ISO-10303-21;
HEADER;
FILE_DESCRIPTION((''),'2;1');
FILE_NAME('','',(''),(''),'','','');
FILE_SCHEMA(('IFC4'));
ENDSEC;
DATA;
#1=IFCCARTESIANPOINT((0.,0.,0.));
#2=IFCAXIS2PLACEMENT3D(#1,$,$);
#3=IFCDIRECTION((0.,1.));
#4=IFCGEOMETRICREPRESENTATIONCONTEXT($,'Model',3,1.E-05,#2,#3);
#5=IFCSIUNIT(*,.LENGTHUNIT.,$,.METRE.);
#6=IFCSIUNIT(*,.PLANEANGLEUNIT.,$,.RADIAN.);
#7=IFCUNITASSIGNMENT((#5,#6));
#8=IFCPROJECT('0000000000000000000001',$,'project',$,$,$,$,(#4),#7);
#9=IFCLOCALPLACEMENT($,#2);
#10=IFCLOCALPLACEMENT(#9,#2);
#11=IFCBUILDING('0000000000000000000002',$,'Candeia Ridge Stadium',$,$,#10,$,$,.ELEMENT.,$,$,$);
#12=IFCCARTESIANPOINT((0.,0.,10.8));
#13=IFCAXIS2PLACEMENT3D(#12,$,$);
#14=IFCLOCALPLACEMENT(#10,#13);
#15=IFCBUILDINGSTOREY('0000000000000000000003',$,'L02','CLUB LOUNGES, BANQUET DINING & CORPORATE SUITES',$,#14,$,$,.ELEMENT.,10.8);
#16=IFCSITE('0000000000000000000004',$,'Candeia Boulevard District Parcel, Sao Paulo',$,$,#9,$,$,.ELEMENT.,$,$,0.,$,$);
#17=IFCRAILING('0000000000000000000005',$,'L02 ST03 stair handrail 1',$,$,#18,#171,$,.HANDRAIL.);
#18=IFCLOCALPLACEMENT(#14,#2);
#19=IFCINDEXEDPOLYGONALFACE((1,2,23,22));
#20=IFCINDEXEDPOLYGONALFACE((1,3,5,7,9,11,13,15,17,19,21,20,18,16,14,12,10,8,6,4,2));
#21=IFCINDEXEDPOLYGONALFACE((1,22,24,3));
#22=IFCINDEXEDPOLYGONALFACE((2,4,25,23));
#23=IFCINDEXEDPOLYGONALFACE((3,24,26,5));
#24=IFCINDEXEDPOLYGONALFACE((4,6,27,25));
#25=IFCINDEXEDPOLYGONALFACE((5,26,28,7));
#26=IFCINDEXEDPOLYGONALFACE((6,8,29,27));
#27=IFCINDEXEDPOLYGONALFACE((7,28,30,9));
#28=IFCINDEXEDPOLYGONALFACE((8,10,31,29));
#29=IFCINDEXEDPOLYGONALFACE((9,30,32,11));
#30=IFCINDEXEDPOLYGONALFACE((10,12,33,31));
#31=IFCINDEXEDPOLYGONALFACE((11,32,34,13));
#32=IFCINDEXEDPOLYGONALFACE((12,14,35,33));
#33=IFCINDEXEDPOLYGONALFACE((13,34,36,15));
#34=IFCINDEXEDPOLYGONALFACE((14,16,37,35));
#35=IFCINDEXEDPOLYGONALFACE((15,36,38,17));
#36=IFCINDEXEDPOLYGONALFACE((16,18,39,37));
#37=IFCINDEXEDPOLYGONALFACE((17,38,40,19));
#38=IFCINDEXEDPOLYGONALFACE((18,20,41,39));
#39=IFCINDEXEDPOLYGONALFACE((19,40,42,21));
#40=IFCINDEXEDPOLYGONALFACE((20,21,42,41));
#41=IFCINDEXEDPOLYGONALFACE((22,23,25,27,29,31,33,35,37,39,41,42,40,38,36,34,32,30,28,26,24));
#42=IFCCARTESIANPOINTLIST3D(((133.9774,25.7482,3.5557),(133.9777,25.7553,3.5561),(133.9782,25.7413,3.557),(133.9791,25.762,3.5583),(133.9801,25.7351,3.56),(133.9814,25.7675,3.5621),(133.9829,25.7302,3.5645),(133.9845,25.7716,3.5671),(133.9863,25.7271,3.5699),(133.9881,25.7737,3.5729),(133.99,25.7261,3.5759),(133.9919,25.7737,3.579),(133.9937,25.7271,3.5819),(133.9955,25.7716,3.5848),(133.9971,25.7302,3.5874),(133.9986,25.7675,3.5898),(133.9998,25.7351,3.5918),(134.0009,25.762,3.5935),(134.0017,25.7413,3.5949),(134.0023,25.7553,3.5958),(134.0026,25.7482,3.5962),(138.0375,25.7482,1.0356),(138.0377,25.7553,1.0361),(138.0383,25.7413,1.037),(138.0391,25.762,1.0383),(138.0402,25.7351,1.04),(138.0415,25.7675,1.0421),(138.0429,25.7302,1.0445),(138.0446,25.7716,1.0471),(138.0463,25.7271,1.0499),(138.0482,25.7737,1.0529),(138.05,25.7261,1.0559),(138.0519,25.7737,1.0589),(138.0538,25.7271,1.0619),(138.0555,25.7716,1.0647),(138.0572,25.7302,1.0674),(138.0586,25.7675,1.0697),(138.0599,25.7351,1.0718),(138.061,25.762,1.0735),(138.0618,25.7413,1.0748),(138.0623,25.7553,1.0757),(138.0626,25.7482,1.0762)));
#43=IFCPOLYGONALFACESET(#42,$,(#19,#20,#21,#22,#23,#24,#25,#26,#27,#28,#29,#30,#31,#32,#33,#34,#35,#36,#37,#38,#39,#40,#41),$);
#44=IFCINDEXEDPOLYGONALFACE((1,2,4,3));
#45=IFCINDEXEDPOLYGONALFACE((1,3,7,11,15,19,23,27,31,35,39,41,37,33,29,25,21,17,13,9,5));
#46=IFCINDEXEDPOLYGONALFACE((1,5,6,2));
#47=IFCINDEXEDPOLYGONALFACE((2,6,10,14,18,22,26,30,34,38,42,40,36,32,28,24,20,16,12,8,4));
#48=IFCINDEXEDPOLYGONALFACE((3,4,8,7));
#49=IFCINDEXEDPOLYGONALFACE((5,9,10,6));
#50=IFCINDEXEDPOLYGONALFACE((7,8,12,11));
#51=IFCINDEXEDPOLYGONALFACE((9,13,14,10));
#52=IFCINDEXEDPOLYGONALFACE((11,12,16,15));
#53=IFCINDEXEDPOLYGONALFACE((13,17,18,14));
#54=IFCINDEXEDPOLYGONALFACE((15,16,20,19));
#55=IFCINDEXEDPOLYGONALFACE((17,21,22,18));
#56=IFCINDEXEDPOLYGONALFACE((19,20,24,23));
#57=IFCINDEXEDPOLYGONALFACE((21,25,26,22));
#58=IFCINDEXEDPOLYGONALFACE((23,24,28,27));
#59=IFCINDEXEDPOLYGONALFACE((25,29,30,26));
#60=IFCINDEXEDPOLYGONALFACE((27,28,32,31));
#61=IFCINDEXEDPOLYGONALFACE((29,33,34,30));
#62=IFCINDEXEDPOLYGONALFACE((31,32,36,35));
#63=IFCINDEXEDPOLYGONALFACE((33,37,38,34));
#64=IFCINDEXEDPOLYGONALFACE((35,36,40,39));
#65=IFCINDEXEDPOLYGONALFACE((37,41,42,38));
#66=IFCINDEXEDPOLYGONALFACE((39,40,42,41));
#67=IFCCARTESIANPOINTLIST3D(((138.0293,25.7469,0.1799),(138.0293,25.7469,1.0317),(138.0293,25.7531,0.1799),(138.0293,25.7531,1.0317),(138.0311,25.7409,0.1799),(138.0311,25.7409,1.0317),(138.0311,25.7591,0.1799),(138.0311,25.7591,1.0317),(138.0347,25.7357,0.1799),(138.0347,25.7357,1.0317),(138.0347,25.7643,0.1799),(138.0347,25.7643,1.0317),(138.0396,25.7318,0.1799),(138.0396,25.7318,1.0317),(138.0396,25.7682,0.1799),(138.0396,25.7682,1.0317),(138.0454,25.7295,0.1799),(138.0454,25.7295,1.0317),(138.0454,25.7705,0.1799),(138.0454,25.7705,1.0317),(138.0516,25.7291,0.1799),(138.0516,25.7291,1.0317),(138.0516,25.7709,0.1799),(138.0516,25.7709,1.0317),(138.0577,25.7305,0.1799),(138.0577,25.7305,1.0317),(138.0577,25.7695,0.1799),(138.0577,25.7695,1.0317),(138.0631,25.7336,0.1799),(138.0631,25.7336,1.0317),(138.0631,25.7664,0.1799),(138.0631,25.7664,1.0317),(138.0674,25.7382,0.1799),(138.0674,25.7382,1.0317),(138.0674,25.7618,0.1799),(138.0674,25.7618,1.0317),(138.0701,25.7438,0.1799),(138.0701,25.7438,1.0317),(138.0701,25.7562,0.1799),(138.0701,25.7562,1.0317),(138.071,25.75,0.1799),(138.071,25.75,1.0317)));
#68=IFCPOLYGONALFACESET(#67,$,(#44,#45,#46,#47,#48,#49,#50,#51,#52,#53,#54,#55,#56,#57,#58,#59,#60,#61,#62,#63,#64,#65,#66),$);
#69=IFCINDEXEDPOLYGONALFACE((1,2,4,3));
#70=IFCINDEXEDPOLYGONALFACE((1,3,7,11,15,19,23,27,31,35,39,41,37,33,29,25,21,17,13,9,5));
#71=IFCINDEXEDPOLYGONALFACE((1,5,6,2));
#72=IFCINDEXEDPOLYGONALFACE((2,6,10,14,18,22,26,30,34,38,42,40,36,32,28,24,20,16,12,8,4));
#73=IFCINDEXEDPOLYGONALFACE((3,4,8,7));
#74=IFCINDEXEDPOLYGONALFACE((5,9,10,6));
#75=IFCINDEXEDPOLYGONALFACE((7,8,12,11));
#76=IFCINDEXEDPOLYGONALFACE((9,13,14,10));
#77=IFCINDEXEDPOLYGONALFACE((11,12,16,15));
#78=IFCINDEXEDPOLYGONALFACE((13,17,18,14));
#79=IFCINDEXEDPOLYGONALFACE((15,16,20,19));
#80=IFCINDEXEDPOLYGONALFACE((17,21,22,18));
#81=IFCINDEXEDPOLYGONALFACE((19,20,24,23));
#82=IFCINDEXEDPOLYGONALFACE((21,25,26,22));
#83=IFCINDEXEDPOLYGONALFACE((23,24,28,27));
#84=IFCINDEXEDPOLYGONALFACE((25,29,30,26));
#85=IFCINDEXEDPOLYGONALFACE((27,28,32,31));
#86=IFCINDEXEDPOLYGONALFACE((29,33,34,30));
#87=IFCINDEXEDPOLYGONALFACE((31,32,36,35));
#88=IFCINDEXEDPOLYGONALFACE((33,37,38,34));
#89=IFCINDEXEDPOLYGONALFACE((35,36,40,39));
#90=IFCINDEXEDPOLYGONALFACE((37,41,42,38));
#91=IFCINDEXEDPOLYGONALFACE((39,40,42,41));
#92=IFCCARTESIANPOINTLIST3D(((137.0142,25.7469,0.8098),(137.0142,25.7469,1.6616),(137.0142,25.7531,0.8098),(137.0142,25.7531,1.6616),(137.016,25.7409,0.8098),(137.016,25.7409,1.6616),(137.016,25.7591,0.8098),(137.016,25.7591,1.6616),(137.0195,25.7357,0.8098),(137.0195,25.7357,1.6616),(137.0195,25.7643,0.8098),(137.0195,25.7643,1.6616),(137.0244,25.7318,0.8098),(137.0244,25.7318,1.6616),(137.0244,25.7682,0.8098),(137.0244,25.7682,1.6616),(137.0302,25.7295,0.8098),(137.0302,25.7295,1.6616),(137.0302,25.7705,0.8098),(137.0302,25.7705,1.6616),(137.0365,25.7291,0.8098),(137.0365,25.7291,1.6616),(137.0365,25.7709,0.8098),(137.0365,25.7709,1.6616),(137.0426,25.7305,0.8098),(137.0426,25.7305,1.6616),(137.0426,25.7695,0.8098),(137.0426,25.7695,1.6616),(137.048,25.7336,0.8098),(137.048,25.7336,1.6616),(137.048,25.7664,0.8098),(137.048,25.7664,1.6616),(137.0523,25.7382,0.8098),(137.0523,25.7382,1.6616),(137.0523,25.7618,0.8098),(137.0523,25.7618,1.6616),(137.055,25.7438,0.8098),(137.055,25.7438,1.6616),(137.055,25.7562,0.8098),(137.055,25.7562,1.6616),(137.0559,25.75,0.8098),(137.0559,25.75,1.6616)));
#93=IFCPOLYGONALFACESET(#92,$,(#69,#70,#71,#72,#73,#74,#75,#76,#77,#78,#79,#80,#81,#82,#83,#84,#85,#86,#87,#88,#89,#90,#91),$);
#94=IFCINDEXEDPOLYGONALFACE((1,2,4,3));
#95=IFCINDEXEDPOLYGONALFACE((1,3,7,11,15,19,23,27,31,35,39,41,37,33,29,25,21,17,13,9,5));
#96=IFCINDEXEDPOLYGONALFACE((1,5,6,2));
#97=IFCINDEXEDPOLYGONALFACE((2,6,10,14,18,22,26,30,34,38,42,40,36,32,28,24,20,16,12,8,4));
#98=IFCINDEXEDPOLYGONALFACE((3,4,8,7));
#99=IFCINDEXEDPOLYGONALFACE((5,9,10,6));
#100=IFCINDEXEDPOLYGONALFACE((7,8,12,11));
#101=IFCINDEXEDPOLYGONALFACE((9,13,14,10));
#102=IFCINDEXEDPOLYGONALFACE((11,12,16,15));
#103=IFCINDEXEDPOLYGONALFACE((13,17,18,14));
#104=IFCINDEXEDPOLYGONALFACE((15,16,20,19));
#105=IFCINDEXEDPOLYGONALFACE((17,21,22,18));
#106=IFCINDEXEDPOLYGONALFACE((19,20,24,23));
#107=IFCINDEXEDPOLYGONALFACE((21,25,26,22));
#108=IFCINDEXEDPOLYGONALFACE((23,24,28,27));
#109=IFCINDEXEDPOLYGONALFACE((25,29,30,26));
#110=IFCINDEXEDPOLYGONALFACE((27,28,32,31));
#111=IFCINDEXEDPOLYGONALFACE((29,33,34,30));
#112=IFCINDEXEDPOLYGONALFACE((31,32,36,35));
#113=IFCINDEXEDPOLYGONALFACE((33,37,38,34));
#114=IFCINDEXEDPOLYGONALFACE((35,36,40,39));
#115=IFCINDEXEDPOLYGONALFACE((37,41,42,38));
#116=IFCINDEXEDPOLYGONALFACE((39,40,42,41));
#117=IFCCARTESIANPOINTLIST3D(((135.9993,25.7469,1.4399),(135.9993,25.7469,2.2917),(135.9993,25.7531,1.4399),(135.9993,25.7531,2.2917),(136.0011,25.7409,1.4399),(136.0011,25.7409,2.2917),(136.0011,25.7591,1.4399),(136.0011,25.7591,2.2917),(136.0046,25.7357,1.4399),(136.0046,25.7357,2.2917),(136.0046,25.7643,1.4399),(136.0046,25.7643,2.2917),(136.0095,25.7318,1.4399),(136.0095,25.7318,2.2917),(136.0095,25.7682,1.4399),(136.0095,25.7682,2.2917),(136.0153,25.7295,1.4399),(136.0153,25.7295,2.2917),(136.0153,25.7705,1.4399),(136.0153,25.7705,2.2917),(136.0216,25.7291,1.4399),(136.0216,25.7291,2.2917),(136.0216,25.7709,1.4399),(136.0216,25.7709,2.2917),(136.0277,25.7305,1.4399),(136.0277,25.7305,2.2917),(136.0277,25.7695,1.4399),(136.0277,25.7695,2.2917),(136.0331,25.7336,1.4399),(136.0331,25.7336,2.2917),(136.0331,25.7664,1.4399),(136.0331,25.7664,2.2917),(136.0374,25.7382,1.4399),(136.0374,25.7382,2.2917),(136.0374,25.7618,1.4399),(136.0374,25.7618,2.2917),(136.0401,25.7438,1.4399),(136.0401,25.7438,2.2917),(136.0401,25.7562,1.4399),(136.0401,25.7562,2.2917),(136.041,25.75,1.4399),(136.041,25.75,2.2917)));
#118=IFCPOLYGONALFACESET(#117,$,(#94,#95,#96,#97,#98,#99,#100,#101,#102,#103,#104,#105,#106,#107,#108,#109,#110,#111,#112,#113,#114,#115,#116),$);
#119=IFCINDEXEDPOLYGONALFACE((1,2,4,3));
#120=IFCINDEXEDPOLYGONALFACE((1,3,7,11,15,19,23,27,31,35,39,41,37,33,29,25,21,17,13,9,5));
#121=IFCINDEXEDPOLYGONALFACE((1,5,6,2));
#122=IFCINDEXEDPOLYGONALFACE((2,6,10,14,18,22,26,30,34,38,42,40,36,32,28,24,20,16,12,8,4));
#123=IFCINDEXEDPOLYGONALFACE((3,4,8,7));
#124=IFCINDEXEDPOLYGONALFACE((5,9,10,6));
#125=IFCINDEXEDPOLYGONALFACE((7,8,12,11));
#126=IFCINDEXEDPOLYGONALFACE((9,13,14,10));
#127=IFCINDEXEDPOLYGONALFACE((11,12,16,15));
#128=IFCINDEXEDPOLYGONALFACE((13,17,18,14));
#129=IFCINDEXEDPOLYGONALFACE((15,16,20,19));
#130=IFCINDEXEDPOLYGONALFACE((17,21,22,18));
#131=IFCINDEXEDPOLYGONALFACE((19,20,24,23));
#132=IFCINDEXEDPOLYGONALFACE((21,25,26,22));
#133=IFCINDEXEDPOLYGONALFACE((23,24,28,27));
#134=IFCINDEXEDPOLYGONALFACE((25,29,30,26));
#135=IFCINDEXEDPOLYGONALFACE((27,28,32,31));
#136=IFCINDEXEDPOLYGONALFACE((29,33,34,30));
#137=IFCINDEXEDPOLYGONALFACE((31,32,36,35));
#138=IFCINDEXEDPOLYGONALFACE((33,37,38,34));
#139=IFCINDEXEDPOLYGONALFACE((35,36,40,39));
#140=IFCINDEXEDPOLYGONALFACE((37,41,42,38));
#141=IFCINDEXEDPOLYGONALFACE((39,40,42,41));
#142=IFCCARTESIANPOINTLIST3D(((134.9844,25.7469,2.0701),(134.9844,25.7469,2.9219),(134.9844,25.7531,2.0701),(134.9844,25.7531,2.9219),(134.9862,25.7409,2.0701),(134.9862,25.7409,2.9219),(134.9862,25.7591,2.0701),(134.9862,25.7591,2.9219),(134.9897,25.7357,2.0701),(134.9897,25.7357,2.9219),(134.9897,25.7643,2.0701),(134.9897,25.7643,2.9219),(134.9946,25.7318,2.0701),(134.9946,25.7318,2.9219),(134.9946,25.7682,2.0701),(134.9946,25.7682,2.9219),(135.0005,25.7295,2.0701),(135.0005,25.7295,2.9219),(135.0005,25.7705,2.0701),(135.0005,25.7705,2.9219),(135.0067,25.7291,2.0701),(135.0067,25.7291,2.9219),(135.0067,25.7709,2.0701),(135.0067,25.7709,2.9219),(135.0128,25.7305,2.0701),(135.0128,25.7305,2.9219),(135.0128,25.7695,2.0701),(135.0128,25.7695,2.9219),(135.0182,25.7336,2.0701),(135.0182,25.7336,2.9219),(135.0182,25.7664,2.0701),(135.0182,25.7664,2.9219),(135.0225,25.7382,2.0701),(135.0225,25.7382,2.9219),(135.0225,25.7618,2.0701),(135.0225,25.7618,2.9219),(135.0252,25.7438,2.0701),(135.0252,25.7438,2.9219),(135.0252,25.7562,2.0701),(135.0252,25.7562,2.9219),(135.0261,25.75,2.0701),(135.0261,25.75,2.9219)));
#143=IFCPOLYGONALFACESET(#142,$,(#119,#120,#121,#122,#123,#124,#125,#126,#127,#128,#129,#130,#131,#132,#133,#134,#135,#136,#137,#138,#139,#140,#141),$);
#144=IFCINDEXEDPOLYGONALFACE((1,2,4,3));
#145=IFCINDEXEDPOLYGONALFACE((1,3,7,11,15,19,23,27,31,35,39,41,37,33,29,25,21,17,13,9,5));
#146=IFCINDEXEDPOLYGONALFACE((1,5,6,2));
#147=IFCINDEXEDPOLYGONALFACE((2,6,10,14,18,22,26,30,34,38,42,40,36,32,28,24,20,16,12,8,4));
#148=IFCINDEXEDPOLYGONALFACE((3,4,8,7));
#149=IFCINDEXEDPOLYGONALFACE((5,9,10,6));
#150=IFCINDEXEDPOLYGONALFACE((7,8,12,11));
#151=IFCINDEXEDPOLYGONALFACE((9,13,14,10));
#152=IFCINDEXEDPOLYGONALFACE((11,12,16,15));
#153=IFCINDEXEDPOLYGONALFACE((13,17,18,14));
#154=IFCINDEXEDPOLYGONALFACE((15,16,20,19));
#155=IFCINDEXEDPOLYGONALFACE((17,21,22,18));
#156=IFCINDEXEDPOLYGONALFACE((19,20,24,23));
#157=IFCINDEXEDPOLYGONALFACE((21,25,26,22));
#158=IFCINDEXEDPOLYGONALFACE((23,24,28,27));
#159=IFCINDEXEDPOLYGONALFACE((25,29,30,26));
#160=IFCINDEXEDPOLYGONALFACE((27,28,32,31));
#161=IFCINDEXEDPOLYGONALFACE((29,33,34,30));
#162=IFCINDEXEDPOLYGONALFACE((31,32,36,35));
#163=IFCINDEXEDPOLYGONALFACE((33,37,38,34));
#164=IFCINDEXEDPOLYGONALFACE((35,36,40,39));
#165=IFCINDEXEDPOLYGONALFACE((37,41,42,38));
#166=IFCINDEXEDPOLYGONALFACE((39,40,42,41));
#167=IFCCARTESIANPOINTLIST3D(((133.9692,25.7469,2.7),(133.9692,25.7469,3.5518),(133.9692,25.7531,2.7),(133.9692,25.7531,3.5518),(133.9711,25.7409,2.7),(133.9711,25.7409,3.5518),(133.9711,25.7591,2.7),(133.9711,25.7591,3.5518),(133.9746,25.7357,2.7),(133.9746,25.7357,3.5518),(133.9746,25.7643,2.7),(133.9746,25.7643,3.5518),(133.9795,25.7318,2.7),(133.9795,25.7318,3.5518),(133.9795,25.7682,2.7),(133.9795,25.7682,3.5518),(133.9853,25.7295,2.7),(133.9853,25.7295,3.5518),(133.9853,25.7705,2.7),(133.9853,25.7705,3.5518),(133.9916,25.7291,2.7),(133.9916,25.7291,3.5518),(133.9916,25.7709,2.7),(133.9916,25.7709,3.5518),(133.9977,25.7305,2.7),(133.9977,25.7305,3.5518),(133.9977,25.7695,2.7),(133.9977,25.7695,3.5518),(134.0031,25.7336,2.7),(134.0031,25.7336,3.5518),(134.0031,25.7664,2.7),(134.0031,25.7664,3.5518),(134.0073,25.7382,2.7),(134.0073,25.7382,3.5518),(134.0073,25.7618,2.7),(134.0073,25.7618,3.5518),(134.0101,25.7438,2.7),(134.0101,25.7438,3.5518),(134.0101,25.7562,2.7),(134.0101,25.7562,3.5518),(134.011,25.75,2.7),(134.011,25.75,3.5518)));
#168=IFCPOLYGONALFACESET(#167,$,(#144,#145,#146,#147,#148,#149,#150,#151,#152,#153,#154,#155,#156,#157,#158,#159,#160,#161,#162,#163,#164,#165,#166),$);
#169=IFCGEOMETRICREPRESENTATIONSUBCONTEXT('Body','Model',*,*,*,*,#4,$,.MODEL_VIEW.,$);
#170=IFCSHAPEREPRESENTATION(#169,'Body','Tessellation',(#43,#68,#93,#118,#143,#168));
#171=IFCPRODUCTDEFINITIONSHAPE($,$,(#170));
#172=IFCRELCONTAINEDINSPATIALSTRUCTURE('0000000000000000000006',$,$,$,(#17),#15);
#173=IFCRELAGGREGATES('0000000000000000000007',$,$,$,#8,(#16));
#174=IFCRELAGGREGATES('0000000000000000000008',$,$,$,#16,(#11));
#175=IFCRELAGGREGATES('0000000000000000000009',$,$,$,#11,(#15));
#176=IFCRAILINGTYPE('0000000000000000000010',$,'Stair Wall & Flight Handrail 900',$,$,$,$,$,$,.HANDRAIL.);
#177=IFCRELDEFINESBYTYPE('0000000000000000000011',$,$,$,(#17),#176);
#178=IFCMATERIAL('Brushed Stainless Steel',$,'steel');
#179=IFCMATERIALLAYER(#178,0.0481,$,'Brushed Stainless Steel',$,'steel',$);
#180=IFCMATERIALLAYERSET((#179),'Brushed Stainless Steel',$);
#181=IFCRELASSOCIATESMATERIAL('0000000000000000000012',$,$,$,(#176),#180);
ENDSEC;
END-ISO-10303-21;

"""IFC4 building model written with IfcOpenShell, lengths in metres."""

from ifc_helpers import new_model, si_unit, direction, frame, origin, origin_2d, place, context, subcontext, project, spatial, circle, extrude, material, layer, layer_set, type_object, element, save


model = new_model("IFC4")

# Units and contexts
model_context = context("Model", 3, precision=1e-05, world=origin(), true_north=direction((0.0, 1.0)))
body_context = subcontext(model_context, "Body", "Model", "MODEL_VIEW")
ifc_project = project(units=[si_unit("LENGTHUNIT", "METRE"), si_unit("PLANEANGLEUNIT", "RADIAN")], contexts=[model_context])

# Site, building, storey
site_placement = place(None, origin())
site = spatial("IfcSite", under=ifc_project, at=site_placement, Name="Candeia Boulevard District Parcel, Sao Paulo", CompositionType="ELEMENT", RefElevation=0.0)
building_placement = place(site_placement, origin())
building = spatial("IfcBuilding", under=site, at=building_placement, Name="Candeia Ridge Stadium", CompositionType="ELEMENT")
storey_placement = place(building_placement, frame((0.0, 0.0, 10.8)))
storey = spatial("IfcBuildingStorey", under=building, at=storey_placement, Name="L02", Description="CLUB LOUNGES, BANQUET DINING & CORPORATE SUITES", CompositionType="ELEMENT", Elevation=10.8)

# Railing
ifc_material_1 = material(Name="Brushed Stainless Steel", Category="steel")
ifc_layer_1 = layer(ifc_material_1, 0.0481, Name="Brushed Stainless Steel", Category="steel")
ifc_layer_set_1 = layer_set([ifc_layer_1], Name="Brushed Stainless Steel")
railing_type_1 = type_object("IfcRailingType", Name="Stair Wall & Flight Handrail 900", PredefinedType="HANDRAIL", material=ifc_layer_set_1)
railing_1_placement = place(storey_placement, frame((138.05, 25.75, 0.1799)))
element("IfcRailing", 1, at=railing_1_placement, inside=storey, type_object=railing_type_1, Name="L02 ST03 stair handrail 1", PredefinedType="HANDRAIL", context=body_context, shape_type="SweptSolid", body=[
    extrude(circle(Radius=0.0239, at=origin_2d()), frame((0.0, 0.0, 0.876), z_axis=(-0.849642, 0.0, 0.52736), x_axis=(0.0, -1.0, 0.0)), (0.0, 0.0, 1.0), 4.7786),
    extrude(circle(Radius=0.021, at=origin_2d()), origin(), (0.0, 0.0, 1.0), 0.8518),
    extrude(circle(Radius=0.021, at=origin_2d()), frame((-1.0151, 0.0, 0.6299)), (0.0, 0.0, 1.0), 0.8518),
    extrude(circle(Radius=0.021, at=origin_2d()), frame((-2.03, 0.0, 1.26)), (0.0, 0.0, 1.0), 0.8518),
    extrude(circle(Radius=0.021, at=origin_2d()), frame((-3.0449, 0.0, 1.8901)), (0.0, 0.0, 1.0), 0.8518),
    extrude(circle(Radius=0.021, at=origin_2d()), frame((-4.0601, 0.0, 2.52)), (0.0, 0.0, 1.0), 0.8518),
])

save(model, "model.ifc")
